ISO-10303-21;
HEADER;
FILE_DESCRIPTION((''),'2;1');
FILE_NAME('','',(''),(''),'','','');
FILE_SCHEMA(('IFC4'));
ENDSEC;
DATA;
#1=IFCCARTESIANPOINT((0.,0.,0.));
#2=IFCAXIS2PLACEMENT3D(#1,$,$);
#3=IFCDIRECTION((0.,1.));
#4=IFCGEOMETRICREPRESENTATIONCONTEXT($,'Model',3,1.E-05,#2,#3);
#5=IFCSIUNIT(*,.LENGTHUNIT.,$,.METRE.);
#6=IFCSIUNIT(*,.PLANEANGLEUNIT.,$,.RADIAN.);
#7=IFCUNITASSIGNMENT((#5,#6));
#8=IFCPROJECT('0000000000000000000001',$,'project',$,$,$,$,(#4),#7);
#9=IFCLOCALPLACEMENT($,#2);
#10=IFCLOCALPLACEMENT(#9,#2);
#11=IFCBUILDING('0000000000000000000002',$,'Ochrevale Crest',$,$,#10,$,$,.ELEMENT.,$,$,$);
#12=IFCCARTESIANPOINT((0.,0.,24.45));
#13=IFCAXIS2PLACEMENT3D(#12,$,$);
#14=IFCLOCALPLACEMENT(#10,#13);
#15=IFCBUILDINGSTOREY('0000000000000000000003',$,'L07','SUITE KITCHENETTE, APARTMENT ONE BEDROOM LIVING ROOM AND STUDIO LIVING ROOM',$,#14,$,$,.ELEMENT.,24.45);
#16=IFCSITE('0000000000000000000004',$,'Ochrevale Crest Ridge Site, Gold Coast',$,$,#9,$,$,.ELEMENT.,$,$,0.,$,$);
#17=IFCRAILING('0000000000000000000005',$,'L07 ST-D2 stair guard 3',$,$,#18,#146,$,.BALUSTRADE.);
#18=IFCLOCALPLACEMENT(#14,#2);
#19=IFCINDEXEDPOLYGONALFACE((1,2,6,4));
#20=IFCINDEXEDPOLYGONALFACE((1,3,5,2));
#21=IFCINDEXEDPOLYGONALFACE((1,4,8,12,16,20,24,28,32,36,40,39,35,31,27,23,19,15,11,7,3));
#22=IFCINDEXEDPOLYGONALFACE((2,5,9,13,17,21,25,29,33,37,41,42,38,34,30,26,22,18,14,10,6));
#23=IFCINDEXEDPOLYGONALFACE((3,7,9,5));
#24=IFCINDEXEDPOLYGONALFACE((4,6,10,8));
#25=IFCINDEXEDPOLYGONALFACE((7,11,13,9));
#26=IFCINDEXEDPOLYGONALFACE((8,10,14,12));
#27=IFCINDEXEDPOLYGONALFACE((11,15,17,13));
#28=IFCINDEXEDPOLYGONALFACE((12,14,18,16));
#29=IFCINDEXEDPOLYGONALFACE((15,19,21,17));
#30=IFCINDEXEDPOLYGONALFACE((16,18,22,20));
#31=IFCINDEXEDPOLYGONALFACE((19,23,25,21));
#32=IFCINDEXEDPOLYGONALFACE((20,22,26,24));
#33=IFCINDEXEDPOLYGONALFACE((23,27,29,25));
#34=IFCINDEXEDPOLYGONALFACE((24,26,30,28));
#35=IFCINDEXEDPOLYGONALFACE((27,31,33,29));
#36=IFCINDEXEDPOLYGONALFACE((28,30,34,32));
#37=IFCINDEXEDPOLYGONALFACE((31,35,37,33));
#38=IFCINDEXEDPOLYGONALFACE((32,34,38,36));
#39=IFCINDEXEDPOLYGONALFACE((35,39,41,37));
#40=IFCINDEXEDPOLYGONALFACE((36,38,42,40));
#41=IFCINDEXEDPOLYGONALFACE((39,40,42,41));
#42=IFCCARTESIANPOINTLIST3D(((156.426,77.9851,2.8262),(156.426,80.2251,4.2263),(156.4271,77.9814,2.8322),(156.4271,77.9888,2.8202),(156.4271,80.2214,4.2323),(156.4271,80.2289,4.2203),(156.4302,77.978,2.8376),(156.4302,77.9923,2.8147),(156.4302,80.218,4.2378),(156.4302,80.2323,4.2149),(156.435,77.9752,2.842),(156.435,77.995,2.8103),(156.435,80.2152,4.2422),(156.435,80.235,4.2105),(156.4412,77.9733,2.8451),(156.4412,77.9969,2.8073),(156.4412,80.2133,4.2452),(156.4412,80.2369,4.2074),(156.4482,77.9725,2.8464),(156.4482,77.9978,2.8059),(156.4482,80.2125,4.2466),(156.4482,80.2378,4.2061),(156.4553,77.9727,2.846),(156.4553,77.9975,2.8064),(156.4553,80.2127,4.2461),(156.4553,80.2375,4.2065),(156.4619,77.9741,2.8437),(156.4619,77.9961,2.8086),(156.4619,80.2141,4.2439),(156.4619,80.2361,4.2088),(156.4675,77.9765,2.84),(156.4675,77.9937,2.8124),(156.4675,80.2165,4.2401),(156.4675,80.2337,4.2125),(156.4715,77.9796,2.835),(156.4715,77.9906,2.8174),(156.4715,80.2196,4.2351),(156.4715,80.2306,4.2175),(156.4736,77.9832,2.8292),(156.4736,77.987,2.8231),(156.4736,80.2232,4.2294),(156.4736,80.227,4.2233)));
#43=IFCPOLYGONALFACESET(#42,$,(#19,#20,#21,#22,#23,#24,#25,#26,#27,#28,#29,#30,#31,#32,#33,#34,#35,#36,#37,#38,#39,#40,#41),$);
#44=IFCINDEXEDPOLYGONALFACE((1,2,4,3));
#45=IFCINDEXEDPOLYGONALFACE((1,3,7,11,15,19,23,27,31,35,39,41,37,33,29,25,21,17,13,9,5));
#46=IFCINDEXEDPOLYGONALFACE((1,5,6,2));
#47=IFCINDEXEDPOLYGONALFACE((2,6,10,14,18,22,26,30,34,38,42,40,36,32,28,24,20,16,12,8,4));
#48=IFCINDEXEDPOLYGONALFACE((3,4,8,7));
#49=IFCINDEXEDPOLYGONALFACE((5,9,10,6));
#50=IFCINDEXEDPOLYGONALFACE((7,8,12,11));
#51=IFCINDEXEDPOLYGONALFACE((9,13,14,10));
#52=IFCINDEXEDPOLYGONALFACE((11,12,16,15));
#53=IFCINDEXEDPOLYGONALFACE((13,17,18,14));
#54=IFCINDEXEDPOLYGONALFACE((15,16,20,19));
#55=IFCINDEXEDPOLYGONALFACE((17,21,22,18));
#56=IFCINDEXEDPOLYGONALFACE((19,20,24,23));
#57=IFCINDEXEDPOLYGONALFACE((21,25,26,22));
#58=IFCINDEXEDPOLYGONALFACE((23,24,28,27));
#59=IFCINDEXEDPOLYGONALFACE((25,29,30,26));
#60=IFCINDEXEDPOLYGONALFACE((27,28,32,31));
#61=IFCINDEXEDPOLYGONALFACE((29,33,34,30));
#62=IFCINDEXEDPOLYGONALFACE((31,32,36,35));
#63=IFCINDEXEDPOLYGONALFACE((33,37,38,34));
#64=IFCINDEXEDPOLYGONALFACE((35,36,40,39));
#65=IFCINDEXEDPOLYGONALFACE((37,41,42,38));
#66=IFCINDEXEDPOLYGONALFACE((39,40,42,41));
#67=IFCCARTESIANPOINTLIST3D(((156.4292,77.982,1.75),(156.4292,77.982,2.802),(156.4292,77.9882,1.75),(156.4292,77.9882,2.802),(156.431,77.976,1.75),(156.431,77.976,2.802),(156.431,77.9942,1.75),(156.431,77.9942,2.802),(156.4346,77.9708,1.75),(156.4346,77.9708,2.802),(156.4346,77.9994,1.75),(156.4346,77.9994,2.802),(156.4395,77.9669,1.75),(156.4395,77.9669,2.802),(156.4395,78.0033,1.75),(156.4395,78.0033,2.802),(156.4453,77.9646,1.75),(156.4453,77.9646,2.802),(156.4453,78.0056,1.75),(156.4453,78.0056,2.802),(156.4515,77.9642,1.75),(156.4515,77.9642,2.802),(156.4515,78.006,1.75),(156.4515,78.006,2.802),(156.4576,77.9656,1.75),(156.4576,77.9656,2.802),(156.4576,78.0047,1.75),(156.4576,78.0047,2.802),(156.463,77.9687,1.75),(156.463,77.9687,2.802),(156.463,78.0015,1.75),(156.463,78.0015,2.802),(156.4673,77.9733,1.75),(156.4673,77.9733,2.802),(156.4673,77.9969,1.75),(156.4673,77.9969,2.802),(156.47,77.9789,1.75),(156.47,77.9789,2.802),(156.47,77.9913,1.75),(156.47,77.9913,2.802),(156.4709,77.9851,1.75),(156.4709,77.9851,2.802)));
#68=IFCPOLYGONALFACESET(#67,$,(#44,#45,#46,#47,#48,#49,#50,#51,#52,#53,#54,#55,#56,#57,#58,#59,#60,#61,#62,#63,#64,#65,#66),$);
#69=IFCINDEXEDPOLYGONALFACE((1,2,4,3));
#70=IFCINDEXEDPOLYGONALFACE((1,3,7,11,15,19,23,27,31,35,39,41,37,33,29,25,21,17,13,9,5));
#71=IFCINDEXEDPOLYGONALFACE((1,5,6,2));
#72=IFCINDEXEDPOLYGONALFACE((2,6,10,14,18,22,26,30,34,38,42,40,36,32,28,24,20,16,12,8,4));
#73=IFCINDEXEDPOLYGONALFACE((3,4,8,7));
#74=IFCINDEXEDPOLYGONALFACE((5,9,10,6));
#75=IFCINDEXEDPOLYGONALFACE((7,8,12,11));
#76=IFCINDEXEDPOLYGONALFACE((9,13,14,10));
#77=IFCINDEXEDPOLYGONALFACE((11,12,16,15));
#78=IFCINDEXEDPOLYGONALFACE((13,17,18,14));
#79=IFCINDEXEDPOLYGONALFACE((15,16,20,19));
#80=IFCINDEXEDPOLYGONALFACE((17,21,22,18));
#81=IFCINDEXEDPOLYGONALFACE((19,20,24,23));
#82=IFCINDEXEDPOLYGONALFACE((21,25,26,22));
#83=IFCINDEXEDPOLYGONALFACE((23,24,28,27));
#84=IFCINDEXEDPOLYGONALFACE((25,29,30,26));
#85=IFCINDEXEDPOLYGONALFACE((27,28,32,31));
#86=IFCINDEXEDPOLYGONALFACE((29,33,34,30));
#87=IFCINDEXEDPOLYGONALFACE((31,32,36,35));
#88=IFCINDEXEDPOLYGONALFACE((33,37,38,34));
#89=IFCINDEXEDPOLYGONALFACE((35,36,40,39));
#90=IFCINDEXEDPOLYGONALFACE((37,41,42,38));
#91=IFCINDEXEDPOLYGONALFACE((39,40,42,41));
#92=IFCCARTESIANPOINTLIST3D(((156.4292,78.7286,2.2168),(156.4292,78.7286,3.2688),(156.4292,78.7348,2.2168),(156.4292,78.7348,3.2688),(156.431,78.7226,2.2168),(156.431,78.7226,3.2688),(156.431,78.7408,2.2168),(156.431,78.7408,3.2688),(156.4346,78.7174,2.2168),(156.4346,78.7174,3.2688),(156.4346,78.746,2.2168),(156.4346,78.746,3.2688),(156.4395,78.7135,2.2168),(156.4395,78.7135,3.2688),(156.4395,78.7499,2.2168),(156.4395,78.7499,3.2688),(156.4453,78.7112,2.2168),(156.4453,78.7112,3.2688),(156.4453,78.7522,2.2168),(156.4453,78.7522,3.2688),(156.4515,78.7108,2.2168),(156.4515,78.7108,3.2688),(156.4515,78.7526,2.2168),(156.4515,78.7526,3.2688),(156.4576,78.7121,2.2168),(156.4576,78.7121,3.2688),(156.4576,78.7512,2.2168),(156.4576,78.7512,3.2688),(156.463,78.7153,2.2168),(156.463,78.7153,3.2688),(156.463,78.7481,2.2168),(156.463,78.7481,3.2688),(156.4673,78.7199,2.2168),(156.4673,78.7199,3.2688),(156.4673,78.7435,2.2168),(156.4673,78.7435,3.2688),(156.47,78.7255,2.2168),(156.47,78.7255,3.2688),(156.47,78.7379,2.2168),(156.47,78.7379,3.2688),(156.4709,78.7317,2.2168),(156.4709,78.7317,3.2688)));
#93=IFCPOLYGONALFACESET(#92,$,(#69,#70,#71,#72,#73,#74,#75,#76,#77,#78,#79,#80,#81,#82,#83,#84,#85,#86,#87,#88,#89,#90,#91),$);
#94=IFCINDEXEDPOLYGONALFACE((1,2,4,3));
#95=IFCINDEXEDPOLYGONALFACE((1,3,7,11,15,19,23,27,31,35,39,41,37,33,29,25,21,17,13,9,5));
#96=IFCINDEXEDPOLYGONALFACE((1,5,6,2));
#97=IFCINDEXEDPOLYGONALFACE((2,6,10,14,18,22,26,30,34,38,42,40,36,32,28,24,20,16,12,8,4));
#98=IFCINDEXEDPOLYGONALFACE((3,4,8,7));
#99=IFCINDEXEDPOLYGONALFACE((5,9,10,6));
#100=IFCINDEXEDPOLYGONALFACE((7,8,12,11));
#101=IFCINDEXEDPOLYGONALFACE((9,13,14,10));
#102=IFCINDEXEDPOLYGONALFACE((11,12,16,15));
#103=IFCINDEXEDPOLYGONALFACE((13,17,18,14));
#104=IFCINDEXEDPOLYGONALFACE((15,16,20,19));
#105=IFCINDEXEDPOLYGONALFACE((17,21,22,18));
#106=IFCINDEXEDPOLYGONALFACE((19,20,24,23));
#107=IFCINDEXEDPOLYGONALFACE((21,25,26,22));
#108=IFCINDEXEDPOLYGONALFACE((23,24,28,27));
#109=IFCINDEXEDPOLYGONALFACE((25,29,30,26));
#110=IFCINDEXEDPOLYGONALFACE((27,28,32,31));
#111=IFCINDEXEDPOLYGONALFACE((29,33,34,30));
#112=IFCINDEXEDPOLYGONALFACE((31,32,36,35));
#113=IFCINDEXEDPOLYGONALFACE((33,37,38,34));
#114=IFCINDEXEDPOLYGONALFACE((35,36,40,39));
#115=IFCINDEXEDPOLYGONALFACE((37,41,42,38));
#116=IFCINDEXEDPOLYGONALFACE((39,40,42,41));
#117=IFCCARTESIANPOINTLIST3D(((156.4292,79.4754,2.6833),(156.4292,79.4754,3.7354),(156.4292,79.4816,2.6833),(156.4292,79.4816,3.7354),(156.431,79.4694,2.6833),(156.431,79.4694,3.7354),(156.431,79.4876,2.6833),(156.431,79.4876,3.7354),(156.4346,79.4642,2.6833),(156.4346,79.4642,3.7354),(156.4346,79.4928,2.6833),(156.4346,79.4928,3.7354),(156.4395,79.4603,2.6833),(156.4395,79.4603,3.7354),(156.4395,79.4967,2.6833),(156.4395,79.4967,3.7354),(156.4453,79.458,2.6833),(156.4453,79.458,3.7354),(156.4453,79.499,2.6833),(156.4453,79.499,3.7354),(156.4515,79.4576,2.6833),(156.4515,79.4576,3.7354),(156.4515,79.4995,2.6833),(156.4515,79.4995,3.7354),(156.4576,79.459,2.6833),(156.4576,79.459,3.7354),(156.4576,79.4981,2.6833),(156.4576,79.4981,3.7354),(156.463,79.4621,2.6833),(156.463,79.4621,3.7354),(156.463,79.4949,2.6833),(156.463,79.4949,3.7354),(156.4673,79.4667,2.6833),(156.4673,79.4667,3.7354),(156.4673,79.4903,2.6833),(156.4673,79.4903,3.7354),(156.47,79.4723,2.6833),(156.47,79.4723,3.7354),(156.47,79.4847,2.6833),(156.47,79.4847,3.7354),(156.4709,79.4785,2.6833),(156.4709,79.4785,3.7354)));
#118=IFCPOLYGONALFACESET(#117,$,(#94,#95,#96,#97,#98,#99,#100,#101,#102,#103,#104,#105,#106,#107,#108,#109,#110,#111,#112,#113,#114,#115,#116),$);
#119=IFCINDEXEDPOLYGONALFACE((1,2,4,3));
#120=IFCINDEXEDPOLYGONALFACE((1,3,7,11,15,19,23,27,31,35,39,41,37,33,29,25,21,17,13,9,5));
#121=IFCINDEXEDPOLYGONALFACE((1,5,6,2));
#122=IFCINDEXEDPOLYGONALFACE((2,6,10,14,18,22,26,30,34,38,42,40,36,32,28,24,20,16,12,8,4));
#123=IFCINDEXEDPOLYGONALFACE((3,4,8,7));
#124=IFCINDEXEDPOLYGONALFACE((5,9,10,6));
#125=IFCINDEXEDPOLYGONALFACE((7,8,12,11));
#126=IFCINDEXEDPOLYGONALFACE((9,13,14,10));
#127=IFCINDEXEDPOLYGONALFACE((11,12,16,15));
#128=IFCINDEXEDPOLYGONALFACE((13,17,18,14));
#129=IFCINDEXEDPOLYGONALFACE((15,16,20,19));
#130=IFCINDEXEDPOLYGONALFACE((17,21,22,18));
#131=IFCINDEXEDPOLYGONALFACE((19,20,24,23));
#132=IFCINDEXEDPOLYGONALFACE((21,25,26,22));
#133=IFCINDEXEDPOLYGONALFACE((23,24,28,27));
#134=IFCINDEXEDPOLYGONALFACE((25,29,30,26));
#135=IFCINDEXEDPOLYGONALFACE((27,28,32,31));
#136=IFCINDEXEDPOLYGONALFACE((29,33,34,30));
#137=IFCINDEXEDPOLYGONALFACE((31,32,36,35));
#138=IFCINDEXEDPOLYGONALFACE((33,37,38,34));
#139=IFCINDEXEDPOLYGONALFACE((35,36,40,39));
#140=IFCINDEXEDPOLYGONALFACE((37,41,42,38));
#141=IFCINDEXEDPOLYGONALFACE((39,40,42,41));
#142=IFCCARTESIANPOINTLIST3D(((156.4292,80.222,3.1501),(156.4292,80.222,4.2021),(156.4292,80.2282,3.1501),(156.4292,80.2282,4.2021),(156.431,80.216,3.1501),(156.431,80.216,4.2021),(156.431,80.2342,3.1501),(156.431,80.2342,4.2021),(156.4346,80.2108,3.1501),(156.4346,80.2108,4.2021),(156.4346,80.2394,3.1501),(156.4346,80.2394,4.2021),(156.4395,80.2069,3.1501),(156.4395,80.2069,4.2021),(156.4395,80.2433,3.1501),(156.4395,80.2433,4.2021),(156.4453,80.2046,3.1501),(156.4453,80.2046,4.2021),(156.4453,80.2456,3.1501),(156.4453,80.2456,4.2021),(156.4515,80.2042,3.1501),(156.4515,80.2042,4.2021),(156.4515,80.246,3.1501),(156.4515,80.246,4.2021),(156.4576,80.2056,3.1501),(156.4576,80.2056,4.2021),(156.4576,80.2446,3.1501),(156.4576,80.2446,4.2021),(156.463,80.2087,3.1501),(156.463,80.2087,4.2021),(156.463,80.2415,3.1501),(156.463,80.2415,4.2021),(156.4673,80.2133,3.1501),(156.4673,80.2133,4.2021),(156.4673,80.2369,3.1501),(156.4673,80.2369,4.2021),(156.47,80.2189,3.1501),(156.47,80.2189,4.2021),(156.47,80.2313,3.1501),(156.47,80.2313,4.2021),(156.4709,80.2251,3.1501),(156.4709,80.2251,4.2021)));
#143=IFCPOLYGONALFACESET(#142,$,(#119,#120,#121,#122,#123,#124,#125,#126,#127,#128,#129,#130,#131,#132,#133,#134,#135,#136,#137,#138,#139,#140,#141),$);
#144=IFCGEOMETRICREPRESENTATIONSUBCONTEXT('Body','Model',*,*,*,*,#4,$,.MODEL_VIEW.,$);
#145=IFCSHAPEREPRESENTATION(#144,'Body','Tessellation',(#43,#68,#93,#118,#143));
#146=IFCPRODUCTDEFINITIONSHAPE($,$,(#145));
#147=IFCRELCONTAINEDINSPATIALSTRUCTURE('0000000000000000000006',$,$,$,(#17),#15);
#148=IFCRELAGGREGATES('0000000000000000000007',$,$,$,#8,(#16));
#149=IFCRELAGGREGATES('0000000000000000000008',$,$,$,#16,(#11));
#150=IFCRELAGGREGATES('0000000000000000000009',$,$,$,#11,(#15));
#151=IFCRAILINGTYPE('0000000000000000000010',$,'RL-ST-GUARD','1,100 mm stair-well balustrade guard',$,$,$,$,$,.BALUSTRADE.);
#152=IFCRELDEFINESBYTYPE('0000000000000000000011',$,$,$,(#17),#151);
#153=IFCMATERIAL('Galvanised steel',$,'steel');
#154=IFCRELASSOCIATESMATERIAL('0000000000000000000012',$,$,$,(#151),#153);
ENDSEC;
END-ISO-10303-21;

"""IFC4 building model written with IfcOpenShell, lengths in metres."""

from ifc_helpers import new_model, si_unit, direction, frame, origin, origin_2d, place, context, subcontext, project, spatial, circle, extrude, material, type_object, element, save


model = new_model("IFC4")

# Units and contexts
model_context = context("Model", 3, precision=1e-05, world=origin(), true_north=direction((0.0, 1.0)))
body_context = subcontext(model_context, "Body", "Model", "MODEL_VIEW")
ifc_project = project(units=[si_unit("LENGTHUNIT", "METRE"), si_unit("PLANEANGLEUNIT", "RADIAN")], contexts=[model_context])

# Site, building, storey
site_placement = place(None, origin())
site = spatial("IfcSite", under=ifc_project, at=site_placement, Name="Ochrevale Crest Ridge Site, Gold Coast", CompositionType="ELEMENT", RefElevation=0.0)
building_placement = place(site_placement, origin())
building = spatial("IfcBuilding", under=site, at=building_placement, Name="Ochrevale Crest", CompositionType="ELEMENT")
storey_placement = place(building_placement, frame((0.0, 0.0, 24.45)))
storey = spatial("IfcBuildingStorey", under=building, at=storey_placement, Name="L07", Description="SUITE KITCHENETTE, APARTMENT ONE BEDROOM LIVING ROOM AND STUDIO LIVING ROOM", CompositionType="ELEMENT", Elevation=24.45)

# Railing
ifc_material_1 = material(Name="Galvanised steel", Category="steel")
railing_type_1 = type_object("IfcRailingType", Name="RL-ST-GUARD", Description="1,100 mm stair-well balustrade guard", PredefinedType="BALUSTRADE", material=ifc_material_1)
railing_1_placement = place(storey_placement, frame((156.45, 77.9851, 1.75)))
element("IfcRailing", 1, at=railing_1_placement, inside=storey, type_object=railing_type_1, Name="L07 ST-D2 stair guard 3", PredefinedType="BALUSTRADE", context=body_context, shape_type="SweptSolid", body=[
    extrude(circle(Radius=0.0239, at=origin_2d()), frame((0.0, 0.0, 1.0762), z_axis=(0.0, 0.847972, 0.53004), x_axis=(-1.0, 0.0, 0.0)), (0.0, 0.0, 1.0), 2.6416),
    extrude(circle(Radius=0.021, at=origin_2d()), origin(), (0.0, 0.0, 1.0), 1.052),
    extrude(circle(Radius=0.021, at=origin_2d()), frame((0.0, 0.7466, 0.4668)), (0.0, 0.0, 1.0), 1.052),
    extrude(circle(Radius=0.021, at=origin_2d()), frame((0.0, 1.4934, 0.9333)), (0.0, 0.0, 1.0), 1.052),
    extrude(circle(Radius=0.021, at=origin_2d()), frame((0.0, 2.24, 1.4001)), (0.0, 0.0, 1.0), 1.052),
])

save(model, "model.ifc")
